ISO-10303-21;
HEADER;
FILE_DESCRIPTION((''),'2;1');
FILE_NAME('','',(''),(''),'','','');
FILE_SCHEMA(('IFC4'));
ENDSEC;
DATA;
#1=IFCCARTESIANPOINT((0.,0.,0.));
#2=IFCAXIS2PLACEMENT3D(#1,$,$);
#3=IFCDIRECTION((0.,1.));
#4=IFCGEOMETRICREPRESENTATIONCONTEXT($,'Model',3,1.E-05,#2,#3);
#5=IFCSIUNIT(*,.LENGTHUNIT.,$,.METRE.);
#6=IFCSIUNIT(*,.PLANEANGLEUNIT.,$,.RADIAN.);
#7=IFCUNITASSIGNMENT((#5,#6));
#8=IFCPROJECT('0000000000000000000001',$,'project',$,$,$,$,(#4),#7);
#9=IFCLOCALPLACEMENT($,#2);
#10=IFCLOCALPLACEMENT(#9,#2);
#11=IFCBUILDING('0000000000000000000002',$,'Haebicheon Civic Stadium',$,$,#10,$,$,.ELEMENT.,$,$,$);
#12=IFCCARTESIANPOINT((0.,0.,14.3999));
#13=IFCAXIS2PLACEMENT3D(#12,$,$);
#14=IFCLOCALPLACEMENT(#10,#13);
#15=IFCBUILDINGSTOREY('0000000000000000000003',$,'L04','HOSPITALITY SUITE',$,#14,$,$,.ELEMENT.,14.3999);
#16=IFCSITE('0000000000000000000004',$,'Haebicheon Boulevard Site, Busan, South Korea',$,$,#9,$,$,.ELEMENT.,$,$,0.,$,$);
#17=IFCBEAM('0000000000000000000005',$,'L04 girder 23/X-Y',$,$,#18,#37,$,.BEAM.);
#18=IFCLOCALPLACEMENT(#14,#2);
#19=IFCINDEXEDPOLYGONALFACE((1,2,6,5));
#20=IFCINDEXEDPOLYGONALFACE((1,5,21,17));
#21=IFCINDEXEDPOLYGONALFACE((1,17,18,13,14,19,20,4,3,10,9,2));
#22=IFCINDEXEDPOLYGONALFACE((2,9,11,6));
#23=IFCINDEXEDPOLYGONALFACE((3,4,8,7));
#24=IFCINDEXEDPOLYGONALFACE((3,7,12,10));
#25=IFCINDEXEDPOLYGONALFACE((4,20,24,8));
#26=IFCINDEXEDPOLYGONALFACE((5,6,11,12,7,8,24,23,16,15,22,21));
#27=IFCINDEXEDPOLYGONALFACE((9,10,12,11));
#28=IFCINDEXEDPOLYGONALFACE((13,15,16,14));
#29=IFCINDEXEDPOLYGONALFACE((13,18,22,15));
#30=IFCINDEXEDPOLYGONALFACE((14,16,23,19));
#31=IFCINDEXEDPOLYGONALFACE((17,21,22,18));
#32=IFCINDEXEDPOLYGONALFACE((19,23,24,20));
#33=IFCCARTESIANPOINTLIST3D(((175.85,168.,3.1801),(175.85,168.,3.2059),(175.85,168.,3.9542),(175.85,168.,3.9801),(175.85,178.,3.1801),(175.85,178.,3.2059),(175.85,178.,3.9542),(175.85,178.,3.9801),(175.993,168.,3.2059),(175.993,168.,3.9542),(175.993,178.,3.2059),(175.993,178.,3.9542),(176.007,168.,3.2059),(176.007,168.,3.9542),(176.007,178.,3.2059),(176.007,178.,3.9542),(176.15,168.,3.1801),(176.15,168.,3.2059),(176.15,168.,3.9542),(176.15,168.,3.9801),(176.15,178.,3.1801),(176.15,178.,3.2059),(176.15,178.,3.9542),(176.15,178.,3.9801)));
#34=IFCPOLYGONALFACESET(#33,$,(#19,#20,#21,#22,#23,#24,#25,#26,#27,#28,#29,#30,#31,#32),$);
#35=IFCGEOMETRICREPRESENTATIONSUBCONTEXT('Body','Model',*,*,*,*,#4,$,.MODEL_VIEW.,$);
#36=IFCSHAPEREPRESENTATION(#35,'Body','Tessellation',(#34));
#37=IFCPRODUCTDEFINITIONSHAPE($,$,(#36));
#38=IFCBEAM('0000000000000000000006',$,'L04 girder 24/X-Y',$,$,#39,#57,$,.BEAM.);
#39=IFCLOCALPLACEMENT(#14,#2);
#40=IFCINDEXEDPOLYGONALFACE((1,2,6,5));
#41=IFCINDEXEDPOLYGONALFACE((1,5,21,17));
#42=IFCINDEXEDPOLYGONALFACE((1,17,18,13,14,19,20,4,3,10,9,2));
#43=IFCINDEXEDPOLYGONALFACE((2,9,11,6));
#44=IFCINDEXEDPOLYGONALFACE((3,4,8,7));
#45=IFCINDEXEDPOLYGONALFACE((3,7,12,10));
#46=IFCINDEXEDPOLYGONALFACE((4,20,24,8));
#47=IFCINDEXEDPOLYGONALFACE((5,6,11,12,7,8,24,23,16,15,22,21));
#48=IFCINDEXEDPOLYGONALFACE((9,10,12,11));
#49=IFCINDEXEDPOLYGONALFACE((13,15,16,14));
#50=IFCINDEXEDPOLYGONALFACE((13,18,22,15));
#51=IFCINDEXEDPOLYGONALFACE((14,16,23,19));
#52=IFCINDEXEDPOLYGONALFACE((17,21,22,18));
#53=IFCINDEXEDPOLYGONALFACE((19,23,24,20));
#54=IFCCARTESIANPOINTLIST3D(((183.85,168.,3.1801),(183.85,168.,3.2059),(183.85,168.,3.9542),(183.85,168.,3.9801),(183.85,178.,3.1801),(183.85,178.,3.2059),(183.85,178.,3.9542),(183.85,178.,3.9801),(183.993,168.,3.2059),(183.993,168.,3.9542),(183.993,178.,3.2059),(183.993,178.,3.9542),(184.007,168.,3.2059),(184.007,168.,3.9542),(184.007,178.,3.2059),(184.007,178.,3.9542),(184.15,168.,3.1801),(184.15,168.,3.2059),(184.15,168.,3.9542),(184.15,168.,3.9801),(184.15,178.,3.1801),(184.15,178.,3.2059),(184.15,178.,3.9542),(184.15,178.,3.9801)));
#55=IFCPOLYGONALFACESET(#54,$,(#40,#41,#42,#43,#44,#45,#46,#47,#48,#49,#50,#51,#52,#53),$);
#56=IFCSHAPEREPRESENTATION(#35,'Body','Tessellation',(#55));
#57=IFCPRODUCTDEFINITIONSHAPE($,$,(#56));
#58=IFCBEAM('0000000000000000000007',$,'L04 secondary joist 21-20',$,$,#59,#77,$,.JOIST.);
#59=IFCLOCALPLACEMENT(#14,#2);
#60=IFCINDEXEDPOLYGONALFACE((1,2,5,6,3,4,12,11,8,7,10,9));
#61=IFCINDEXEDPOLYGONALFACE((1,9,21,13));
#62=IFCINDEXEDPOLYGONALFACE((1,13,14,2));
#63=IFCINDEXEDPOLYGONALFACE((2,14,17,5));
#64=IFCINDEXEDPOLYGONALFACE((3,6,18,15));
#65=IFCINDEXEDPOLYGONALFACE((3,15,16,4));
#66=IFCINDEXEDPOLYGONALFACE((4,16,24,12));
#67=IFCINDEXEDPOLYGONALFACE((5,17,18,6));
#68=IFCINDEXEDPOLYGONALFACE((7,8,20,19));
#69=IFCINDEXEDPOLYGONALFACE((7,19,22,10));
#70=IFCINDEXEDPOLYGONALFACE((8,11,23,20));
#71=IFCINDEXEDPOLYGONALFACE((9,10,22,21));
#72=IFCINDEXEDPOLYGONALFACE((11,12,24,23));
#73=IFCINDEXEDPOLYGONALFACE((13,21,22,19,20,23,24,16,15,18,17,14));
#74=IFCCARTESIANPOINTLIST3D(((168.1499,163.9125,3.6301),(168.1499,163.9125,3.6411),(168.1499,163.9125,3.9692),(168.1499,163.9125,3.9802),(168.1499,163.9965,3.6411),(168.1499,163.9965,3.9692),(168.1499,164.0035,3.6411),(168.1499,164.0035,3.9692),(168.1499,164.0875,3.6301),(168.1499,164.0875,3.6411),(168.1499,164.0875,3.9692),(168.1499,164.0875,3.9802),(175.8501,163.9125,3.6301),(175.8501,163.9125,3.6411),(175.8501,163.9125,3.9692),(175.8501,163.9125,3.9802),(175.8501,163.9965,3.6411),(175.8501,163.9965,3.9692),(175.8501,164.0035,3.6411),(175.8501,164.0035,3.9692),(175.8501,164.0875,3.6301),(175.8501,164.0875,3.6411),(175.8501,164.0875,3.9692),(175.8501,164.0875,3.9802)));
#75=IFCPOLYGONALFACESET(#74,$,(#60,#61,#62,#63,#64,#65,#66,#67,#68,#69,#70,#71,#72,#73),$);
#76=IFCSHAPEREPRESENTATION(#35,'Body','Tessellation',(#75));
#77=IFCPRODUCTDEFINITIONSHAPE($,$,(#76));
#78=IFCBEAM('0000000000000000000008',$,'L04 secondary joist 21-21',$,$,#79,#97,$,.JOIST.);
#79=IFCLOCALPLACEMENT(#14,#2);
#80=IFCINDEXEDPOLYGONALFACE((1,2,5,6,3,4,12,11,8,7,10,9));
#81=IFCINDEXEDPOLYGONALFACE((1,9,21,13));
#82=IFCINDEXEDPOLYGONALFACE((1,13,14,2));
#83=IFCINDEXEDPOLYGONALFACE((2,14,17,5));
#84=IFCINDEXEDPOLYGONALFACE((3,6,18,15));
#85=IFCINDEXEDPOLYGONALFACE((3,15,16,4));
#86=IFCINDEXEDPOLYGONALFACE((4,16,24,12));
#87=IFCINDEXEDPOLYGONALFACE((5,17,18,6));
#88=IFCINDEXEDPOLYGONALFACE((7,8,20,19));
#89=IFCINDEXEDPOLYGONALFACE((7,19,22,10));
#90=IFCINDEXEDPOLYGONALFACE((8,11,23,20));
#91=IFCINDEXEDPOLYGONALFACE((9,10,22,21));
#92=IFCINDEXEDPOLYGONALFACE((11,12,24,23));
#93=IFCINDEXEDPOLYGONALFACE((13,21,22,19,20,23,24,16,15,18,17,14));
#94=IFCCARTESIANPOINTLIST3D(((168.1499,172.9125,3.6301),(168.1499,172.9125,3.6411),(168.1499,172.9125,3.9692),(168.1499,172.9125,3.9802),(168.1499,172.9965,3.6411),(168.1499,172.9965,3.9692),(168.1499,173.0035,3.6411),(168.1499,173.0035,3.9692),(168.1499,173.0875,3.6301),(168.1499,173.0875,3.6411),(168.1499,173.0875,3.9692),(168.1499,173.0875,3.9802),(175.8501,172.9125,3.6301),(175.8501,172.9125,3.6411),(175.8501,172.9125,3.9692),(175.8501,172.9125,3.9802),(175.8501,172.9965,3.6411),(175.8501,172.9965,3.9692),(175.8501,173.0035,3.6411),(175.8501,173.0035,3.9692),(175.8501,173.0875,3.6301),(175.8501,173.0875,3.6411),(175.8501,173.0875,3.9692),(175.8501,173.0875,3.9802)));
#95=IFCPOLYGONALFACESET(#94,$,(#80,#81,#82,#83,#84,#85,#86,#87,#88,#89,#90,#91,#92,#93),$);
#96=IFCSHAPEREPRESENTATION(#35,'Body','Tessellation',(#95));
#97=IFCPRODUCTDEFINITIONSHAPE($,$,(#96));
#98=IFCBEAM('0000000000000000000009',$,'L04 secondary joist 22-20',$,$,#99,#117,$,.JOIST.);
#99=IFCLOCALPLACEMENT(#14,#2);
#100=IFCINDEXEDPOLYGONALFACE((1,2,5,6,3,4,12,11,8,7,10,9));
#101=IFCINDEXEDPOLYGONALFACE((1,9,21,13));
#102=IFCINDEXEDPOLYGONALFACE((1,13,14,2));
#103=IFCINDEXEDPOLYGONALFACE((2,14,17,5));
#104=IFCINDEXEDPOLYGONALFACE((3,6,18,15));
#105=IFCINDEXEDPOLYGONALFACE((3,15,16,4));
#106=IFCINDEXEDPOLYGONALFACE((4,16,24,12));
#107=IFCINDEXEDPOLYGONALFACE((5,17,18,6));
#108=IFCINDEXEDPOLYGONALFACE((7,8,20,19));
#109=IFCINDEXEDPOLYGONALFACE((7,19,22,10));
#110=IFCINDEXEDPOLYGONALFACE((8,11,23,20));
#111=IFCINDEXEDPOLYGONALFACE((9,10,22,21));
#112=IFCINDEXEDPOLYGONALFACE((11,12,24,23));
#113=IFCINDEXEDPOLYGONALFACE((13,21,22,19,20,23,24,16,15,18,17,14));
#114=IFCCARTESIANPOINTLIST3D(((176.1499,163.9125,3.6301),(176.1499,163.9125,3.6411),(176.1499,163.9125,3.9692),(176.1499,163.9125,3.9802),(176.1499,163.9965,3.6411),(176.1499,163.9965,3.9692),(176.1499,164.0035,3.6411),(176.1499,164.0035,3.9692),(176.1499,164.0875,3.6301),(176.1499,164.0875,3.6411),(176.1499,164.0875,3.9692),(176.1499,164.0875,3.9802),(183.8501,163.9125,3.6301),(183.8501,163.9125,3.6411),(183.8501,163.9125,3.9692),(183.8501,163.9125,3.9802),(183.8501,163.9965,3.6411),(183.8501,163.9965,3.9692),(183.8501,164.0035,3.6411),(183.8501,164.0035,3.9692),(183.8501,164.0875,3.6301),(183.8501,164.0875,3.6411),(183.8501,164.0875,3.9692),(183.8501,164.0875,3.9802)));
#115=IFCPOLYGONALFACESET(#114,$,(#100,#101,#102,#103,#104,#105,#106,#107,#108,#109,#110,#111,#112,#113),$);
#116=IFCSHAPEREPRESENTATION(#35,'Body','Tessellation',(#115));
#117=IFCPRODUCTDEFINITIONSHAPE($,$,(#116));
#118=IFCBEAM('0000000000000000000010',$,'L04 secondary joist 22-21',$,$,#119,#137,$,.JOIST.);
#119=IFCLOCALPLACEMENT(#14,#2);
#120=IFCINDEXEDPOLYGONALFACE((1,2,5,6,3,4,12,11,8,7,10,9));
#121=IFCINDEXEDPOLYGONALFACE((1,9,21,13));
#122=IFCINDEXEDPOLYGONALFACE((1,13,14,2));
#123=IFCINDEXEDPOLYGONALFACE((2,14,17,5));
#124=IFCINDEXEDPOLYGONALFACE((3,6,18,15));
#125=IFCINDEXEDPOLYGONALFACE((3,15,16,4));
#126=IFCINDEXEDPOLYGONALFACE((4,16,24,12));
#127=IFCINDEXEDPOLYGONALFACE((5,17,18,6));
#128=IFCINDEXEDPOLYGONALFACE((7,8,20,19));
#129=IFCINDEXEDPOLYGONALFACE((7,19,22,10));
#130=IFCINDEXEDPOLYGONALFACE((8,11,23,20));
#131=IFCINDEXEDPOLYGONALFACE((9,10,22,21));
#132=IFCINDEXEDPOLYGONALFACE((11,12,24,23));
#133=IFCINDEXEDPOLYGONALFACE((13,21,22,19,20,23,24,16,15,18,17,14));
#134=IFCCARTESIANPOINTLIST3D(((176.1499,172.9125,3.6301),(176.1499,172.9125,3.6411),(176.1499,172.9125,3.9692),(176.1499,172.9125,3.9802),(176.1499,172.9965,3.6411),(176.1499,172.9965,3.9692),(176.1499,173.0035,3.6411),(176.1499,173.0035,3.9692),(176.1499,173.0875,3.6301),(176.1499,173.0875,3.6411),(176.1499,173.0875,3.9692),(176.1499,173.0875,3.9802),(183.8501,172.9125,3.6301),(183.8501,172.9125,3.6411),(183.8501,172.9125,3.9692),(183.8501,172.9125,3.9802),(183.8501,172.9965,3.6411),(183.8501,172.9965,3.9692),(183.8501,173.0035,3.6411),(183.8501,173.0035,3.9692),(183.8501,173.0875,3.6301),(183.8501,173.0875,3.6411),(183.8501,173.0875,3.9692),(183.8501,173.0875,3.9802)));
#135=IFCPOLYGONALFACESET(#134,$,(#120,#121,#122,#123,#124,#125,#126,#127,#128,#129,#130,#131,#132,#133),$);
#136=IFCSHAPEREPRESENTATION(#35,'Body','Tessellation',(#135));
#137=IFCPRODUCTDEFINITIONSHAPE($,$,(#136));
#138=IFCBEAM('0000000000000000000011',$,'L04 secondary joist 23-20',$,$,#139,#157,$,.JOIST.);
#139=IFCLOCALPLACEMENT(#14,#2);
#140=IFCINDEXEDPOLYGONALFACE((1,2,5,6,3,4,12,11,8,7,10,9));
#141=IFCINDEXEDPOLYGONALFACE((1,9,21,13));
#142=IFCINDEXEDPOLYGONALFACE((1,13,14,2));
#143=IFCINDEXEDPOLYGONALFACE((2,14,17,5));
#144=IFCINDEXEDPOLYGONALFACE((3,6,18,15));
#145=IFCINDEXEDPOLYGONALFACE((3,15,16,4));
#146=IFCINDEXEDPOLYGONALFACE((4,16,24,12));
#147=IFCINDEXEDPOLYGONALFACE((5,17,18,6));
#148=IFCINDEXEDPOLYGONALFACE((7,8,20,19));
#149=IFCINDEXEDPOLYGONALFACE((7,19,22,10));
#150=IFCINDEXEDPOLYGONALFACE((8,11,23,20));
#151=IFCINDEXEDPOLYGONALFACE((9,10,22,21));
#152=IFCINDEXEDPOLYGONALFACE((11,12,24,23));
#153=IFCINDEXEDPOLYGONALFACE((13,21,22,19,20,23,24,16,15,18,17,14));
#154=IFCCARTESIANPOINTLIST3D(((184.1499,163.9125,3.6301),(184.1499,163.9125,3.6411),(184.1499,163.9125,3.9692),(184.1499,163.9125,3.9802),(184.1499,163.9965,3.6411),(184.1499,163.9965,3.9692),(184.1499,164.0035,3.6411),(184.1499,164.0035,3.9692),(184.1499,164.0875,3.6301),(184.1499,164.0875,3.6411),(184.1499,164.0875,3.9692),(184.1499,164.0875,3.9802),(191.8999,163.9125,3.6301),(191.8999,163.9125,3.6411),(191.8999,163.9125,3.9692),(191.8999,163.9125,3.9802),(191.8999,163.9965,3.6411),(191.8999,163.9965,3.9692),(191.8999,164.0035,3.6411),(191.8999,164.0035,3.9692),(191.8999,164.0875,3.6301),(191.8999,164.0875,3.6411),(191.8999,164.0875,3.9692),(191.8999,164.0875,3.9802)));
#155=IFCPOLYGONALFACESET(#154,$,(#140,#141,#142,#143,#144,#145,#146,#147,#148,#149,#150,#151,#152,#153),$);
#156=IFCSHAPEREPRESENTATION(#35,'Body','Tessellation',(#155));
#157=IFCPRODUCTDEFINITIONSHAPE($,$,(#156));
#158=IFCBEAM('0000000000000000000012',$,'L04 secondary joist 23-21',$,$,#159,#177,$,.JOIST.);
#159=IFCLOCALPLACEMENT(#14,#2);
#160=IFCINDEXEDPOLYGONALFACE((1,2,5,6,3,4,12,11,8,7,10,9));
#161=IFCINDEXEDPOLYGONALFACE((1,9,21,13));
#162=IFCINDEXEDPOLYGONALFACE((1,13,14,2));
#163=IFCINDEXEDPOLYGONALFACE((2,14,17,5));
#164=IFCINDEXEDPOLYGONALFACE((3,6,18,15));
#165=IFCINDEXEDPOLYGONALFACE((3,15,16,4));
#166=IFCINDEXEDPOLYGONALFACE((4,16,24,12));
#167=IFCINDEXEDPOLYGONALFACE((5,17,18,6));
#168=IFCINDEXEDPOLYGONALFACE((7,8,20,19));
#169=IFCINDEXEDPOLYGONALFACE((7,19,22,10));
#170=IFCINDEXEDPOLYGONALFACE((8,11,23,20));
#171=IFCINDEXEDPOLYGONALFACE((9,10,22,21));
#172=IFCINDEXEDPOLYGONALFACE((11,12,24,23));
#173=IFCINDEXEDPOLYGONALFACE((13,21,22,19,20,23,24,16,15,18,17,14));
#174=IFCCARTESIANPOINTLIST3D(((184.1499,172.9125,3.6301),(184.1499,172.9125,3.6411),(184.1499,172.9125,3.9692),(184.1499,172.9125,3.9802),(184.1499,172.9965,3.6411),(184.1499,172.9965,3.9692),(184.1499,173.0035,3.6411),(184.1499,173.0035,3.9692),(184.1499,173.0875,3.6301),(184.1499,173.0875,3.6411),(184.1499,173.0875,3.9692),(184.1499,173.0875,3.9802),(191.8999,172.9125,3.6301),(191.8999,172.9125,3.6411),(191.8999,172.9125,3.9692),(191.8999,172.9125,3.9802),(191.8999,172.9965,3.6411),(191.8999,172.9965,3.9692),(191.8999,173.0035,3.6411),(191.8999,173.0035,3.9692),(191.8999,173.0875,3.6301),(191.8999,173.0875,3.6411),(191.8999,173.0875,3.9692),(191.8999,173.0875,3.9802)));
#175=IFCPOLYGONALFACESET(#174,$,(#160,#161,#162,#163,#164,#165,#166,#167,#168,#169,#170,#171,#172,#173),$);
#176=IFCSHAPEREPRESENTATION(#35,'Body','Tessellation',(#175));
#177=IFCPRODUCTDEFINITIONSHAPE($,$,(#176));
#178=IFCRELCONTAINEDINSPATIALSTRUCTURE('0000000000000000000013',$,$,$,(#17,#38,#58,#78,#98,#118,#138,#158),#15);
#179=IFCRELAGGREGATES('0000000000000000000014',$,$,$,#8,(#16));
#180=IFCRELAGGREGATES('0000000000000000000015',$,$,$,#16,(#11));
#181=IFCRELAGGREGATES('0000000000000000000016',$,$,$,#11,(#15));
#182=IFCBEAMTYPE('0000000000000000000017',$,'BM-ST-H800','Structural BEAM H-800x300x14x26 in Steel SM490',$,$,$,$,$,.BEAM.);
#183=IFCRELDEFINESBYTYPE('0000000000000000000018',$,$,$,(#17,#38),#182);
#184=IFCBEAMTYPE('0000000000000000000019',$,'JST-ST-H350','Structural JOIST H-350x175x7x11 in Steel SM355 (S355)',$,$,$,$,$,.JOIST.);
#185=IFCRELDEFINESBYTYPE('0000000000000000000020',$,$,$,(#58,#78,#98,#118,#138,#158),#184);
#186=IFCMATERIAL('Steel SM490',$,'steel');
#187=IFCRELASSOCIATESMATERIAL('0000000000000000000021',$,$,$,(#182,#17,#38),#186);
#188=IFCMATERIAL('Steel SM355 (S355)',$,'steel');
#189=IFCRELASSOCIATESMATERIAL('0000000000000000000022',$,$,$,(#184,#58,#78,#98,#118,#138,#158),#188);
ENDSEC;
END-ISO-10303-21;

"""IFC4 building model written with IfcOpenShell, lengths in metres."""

from ifc_helpers import new_model, si_unit, direction, frame, origin, origin_2d, place, context, subcontext, project, spatial, i_section, extrude, material, material_profile, profile_set, type_object, element, save


model = new_model("IFC4")

# Units and contexts
model_context = context("Model", 3, precision=1e-05, world=origin(), true_north=direction((0.0, 1.0)))
body_context = subcontext(model_context, "Body", "Model", "MODEL_VIEW")
ifc_project = project(units=[si_unit("LENGTHUNIT", "METRE"), si_unit("PLANEANGLEUNIT", "RADIAN")], contexts=[model_context])

# Site, building, storey
site_placement = place(None, origin())
site = spatial("IfcSite", under=ifc_project, at=site_placement, Name="Haebicheon Boulevard Site, Busan, South Korea", CompositionType="ELEMENT", RefElevation=0.0)
building_placement = place(site_placement, origin())
building = spatial("IfcBuilding", under=site, at=building_placement, Name="Haebicheon Civic Stadium", CompositionType="ELEMENT")
storey_placement = place(building_placement, frame((0.0, 0.0, 14.3999)))
storey = spatial("IfcBuildingStorey", under=building, at=storey_placement, Name="L04", Description="HOSPITALITY SUITE", CompositionType="ELEMENT", Elevation=14.3999)

# Beams
ifc_material_1 = material(Name="Steel SM490", Category="steel")
ifc_material_profile_1 = material_profile(ifc_material_1, i_section(OverallWidth=0.3, OverallDepth=0.8, WebThickness=0.0139, FlangeThickness=0.0259, at=origin_2d()), Name="H-800x300x14x26")
ifc_profile_set_1 = profile_set([ifc_material_profile_1], Name="Steel SM490")
beam_type_1 = type_object("IfcBeamType", Name="BM-ST-H800", Description="Structural BEAM H-800x300x14x26 in Steel SM490", PredefinedType="BEAM", material=ifc_profile_set_1)
for number, where, z_axis, x_axis, name in (
    (1, (176.0, 168.0, 3.5801), (0.0, 1.0, 0.0), (-1.0, 0.0, 0.0), "L04 girder 23/X-Y"),
    (2, (184.0, 168.0, 3.5801), (0.0, 1.0, 0.0), (-1.0, 0.0, 0.0), "L04 girder 24/X-Y"),
):
    element("IfcBeam", number, at=place(storey_placement, frame(where, z_axis=z_axis, x_axis=x_axis)), inside=storey, type_object=beam_type_1, material=ifc_profile_set_1, Name=name, PredefinedType="BEAM", context=body_context, shape_type="SweptSolid", body=[
        extrude(i_section(OverallWidth=0.3, OverallDepth=0.8, WebThickness=0.0139, FlangeThickness=0.0259, at=origin_2d()), origin(), (0.0, 0.0, 1.0), 10.0),
    ])
ifc_material_2 = material(Name="Steel SM355 (S355)", Category="steel")
ifc_material_profile_2 = material_profile(ifc_material_2, i_section(OverallWidth=0.175, OverallDepth=0.3501, WebThickness=0.0071, FlangeThickness=0.011, at=origin_2d()), Name="H-350x175x7x11")
ifc_profile_set_2 = profile_set([ifc_material_profile_2], Name="Steel SM355 (S355)")
beam_type_2 = type_object("IfcBeamType", Name="JST-ST-H350", Description="Structural JOIST H-350x175x7x11 in Steel SM355 (S355)", PredefinedType="JOIST", material=ifc_profile_set_2)
for number, where, z_axis, x_axis, name in (
    (3, (168.1499, 164.0, 3.8052), (1.0, 0.0, 0.0), (0.0, 1.0, 0.0), "L04 secondary joist 21-20"),
    (4, (168.1499, 173.0, 3.8052), (1.0, 0.0, 0.0), (0.0, 1.0, 0.0), "L04 secondary joist 21-21"),
    (5, (176.1499, 164.0, 3.8052), (1.0, 0.0, 0.0), (0.0, 1.0, 0.0), "L04 secondary joist 22-20"),
    (6, (176.1499, 173.0, 3.8052), (1.0, 0.0, 0.0), (0.0, 1.0, 0.0), "L04 secondary joist 22-21"),
):
    element("IfcBeam", number, at=place(storey_placement, frame(where, z_axis=z_axis, x_axis=x_axis)), inside=storey, type_object=beam_type_2, material=ifc_profile_set_2, Name=name, PredefinedType="JOIST", context=body_context, shape_type="SweptSolid", body=[
        extrude(i_section(OverallWidth=0.175, OverallDepth=0.3501, WebThickness=0.0071, FlangeThickness=0.011, at=origin_2d()), origin(), (0.0, 0.0, 1.0), 7.7002),
    ])
for number, where, z_axis, x_axis, name in (
    (7, (184.1499, 164.0, 3.8052), (1.0, 0.0, 0.0), (0.0, 1.0, 0.0), "L04 secondary joist 23-20"),
    (8, (184.1499, 173.0, 3.8052), (1.0, 0.0, 0.0), (0.0, 1.0, 0.0), "L04 secondary joist 23-21"),
):
    element("IfcBeam", number, at=place(storey_placement, frame(where, z_axis=z_axis, x_axis=x_axis)), inside=storey, type_object=beam_type_2, material=ifc_profile_set_2, Name=name, PredefinedType="JOIST", context=body_context, shape_type="SweptSolid", body=[
        extrude(i_section(OverallWidth=0.175, OverallDepth=0.3501, WebThickness=0.0071, FlangeThickness=0.011, at=origin_2d()), origin(), (0.0, 0.0, 1.0), 7.75),
    ])

save(model, "model.ifc")
